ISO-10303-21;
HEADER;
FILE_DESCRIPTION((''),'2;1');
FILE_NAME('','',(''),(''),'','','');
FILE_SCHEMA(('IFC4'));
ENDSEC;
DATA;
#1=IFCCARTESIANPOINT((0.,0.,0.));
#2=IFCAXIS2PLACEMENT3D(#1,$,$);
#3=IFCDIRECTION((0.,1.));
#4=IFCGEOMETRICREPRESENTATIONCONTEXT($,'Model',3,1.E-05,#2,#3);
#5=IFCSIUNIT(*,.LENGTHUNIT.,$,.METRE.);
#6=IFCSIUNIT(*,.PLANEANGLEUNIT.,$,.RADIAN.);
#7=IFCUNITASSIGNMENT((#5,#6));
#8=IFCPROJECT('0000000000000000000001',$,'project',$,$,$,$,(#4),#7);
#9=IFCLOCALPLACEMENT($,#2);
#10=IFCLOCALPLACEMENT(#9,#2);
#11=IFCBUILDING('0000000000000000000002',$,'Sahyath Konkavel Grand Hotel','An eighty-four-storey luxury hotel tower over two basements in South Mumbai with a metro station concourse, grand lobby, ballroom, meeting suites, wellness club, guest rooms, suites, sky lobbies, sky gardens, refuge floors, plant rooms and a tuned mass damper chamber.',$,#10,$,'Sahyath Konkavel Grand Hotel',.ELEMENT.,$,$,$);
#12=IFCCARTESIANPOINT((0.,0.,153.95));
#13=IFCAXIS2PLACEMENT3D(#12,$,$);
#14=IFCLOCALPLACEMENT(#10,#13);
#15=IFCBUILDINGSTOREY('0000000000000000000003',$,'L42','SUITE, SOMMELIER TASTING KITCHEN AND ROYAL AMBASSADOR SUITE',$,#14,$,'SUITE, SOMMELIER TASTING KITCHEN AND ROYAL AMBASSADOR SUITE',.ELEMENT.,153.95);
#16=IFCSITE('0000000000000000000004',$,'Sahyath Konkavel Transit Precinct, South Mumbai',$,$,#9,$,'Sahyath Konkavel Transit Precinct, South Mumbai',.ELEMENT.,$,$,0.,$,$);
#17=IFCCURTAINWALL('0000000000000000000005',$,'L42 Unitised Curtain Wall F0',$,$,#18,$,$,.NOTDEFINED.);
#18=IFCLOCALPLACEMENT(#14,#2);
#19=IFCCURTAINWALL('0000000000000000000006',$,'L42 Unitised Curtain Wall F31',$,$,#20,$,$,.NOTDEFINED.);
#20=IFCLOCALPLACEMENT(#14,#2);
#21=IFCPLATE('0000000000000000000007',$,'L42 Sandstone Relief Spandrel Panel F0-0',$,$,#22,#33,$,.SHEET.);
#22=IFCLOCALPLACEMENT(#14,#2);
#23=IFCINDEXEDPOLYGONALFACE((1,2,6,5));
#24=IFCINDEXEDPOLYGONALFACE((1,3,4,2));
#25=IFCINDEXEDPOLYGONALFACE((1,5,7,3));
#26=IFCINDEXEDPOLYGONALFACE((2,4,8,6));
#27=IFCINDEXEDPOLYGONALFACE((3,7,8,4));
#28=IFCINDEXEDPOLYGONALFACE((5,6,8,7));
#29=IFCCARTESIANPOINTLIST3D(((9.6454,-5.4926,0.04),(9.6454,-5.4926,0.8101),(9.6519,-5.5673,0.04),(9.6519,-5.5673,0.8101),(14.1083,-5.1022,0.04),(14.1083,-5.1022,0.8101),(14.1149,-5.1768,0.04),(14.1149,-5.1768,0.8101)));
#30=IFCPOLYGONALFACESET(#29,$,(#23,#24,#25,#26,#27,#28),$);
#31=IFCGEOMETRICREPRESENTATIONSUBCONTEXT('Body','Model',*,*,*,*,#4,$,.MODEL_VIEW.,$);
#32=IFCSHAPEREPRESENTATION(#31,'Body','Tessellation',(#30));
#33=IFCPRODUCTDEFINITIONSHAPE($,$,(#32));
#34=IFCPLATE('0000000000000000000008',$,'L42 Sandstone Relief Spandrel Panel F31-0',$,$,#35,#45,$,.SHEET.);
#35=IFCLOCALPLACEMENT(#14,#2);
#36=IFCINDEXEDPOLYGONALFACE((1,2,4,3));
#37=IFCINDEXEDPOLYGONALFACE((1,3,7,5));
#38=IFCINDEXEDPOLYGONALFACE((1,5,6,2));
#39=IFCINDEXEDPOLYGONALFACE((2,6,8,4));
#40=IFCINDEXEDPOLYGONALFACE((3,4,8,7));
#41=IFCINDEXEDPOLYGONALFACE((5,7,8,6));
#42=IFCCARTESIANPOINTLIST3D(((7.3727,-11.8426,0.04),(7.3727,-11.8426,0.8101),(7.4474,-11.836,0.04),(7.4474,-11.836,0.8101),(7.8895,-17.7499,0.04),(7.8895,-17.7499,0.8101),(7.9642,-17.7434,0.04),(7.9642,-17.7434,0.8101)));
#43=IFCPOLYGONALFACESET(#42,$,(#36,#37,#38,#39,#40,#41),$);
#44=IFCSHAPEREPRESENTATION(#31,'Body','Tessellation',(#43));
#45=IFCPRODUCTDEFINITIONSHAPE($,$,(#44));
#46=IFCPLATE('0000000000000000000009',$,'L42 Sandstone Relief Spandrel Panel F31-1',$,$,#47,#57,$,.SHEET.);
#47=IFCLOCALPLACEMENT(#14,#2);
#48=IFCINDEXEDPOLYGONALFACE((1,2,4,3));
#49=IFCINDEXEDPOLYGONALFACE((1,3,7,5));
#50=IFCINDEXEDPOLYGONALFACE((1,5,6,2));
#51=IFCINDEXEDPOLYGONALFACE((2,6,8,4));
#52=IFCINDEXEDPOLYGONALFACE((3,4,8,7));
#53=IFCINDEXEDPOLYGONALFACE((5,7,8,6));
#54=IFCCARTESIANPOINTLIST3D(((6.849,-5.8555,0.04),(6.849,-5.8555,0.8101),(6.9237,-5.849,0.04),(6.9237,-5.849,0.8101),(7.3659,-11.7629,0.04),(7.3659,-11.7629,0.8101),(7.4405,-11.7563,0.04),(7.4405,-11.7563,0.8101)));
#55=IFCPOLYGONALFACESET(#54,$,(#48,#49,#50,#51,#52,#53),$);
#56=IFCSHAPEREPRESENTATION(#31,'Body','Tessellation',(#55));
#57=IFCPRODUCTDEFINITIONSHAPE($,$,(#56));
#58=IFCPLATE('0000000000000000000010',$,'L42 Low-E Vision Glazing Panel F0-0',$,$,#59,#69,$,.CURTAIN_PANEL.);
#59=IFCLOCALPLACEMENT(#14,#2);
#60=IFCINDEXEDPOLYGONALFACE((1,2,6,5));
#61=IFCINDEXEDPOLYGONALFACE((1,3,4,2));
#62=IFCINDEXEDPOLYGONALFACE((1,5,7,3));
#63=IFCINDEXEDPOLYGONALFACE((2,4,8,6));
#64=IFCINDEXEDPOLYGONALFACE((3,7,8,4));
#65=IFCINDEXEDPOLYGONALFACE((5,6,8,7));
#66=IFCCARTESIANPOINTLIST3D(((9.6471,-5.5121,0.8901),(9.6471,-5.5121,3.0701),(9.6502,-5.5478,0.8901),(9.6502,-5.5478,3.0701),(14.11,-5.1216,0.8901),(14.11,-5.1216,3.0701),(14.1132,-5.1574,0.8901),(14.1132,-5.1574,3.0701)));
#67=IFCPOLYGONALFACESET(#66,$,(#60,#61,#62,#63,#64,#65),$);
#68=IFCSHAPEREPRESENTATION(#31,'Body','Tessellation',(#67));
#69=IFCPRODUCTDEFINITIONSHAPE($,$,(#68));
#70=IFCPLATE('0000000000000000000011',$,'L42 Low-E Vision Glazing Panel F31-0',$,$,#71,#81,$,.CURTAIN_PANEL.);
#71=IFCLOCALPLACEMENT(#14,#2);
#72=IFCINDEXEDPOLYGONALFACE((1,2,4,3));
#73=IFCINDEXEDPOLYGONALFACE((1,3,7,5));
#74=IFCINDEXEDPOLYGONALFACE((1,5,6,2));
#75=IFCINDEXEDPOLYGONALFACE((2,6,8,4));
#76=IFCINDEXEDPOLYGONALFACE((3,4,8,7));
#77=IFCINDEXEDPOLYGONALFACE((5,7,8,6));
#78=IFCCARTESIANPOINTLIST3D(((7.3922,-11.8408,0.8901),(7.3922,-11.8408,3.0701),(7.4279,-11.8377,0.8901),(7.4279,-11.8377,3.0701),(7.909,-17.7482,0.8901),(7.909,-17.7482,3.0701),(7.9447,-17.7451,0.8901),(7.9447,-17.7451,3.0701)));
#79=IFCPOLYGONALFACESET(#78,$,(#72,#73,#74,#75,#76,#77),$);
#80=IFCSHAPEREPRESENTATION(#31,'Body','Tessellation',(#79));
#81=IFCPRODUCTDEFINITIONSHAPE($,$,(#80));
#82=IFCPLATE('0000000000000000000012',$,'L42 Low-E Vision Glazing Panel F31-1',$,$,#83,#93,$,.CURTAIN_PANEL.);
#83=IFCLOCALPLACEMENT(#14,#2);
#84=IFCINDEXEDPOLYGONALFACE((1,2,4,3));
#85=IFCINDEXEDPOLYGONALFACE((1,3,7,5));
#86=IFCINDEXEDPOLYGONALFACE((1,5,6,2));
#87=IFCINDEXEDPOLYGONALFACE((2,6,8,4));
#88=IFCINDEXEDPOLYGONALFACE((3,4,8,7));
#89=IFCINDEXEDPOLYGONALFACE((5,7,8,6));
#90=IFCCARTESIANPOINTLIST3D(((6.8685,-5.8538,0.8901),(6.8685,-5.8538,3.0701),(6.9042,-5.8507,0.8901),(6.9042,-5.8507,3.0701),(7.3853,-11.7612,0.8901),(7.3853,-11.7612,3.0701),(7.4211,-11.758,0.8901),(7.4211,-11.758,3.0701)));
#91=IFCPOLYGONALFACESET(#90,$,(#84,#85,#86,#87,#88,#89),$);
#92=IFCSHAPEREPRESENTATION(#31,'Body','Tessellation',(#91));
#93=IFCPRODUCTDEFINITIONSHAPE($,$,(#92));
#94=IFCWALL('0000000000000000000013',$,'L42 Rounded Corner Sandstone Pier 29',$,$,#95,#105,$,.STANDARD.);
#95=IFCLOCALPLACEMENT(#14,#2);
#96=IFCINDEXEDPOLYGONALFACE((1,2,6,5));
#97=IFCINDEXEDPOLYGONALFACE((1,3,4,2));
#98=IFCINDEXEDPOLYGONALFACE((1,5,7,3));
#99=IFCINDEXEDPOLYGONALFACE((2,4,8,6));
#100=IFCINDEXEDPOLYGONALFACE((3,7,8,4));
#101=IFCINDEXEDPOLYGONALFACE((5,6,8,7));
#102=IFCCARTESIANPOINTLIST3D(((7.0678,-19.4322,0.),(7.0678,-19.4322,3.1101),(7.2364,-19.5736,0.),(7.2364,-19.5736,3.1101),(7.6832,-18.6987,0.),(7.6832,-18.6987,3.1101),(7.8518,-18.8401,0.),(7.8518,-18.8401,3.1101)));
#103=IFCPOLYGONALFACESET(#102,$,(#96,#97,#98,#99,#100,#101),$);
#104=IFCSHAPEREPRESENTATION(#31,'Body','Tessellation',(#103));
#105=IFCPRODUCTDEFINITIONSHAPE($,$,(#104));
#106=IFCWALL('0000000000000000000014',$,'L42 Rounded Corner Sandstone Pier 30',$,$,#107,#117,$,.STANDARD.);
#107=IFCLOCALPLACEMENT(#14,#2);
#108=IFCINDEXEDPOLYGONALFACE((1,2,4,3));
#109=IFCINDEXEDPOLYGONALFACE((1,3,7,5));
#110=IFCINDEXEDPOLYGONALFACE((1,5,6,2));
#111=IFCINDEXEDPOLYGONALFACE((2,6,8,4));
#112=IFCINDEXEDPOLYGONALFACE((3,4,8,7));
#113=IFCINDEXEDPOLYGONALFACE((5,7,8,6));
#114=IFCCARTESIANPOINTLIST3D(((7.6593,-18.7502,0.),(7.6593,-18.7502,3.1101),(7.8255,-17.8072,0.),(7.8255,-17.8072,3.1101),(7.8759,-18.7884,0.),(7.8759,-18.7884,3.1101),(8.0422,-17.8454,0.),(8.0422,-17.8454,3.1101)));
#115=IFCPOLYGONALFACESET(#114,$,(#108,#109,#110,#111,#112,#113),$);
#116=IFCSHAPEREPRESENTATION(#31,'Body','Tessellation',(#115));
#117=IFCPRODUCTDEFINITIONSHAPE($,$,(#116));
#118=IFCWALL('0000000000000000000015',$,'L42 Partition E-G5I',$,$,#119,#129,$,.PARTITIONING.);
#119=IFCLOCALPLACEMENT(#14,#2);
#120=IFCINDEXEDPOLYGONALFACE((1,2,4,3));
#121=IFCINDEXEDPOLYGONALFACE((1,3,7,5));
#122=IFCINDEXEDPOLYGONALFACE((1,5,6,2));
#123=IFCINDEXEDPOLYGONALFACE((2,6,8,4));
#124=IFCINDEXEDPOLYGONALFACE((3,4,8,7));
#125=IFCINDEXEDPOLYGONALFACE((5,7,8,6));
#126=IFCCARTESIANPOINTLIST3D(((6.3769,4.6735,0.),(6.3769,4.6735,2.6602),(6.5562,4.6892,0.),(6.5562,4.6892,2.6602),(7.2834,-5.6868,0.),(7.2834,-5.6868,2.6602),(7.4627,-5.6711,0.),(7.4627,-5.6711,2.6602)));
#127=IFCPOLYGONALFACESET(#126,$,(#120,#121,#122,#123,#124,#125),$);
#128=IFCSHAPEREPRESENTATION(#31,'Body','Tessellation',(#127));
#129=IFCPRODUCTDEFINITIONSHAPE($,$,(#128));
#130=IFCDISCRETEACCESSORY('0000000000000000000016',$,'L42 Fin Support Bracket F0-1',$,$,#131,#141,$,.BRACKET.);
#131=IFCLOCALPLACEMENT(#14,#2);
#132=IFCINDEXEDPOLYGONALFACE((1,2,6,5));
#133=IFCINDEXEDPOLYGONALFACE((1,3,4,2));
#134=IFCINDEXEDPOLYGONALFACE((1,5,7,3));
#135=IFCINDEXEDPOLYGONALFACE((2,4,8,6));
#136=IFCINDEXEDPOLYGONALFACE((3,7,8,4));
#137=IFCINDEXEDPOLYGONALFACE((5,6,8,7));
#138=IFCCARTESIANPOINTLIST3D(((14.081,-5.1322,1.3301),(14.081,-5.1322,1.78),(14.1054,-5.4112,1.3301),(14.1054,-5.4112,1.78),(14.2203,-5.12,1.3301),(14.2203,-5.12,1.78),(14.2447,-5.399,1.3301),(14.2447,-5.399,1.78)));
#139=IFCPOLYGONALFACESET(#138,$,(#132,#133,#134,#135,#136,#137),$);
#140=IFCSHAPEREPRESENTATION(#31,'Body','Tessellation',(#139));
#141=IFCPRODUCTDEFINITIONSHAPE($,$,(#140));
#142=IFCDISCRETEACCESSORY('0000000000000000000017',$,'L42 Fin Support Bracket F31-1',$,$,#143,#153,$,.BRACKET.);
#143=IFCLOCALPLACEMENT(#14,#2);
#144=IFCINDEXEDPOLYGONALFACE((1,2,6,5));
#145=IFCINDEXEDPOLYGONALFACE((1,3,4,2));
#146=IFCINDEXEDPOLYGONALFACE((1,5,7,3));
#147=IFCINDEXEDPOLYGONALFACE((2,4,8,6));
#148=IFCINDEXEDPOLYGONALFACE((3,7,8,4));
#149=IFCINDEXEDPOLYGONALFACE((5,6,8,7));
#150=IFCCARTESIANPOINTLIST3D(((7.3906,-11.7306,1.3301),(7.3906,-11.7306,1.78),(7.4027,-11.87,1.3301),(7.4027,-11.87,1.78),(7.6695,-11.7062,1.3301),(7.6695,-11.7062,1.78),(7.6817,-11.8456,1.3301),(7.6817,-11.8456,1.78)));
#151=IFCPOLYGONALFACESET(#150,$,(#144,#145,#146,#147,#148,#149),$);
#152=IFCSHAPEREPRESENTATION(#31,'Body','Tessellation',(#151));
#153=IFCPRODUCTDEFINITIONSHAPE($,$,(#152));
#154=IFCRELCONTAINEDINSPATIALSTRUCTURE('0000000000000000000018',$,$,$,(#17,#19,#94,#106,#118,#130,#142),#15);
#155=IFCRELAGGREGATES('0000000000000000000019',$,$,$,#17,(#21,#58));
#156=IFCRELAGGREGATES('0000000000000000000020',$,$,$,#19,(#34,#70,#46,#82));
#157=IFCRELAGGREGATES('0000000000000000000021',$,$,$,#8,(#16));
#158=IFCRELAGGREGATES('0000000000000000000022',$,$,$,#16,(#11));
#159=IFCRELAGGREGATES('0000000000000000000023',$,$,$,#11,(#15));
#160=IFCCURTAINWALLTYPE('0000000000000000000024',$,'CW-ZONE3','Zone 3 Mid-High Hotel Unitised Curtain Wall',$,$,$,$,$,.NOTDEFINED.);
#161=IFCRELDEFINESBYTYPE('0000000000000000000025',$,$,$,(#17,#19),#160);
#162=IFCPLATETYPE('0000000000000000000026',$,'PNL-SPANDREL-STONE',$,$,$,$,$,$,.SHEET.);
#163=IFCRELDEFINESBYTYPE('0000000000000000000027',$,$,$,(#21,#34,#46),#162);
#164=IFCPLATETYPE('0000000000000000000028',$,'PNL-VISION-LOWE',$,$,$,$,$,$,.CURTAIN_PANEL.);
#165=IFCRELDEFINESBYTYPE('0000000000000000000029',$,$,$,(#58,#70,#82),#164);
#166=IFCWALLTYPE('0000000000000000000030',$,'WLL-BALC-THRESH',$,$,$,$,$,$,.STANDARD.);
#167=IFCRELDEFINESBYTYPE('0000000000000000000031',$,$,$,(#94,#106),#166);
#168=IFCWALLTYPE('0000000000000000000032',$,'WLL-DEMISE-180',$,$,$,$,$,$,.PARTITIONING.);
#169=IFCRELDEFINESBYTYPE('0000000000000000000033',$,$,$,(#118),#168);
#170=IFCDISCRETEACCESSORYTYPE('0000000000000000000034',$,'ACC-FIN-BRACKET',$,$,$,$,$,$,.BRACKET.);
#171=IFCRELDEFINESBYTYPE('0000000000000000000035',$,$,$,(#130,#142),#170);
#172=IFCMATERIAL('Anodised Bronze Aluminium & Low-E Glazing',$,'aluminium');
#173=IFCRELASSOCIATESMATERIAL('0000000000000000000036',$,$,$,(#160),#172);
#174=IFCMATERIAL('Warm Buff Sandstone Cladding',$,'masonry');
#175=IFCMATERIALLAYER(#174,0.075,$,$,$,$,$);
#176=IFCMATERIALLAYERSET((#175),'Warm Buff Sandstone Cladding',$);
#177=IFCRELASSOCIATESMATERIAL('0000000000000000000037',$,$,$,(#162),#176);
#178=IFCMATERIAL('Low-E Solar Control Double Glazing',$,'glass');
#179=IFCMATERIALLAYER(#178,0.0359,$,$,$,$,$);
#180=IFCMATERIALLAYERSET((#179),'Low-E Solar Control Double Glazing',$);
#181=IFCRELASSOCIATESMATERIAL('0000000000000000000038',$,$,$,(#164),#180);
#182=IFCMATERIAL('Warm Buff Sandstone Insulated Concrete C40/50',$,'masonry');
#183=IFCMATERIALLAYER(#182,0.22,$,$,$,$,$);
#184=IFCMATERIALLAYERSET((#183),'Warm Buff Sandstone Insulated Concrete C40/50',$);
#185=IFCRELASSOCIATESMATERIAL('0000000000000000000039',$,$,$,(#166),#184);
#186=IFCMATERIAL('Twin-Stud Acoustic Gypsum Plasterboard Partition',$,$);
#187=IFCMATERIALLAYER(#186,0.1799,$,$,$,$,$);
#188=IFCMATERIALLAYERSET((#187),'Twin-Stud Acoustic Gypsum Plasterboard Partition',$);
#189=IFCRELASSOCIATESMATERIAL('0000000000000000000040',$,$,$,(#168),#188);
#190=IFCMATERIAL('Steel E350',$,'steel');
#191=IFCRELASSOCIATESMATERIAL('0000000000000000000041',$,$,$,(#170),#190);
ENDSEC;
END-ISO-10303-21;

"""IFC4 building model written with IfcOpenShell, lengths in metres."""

from ifc_helpers import new_model, si_unit, direction, frame, frame_2d, origin, origin_2d, place, context, subcontext, project, spatial, rectangle, extrude, source, transform, mapped, material, layer, layer_set, type_object, element, aggregate, save


model = new_model("IFC4")

# Units and contexts
model_context = context("Model", 3, precision=1e-05, world=origin(), true_north=direction((0.0, 1.0)))
body_context = subcontext(model_context, "Body", "Model", "MODEL_VIEW")
ifc_project = project(units=[si_unit("LENGTHUNIT", "METRE"), si_unit("PLANEANGLEUNIT", "RADIAN")], contexts=[model_context])

# Site, building, storey
site_placement = place(None, origin())
site = spatial("IfcSite", under=ifc_project, at=site_placement, Name="Sahyath Konkavel Transit Precinct, South Mumbai", LongName="Sahyath Konkavel Transit Precinct, South Mumbai", CompositionType="ELEMENT", RefElevation=0.0)
building_placement = place(site_placement, origin())
building = spatial("IfcBuilding", under=site, at=building_placement, Name="Sahyath Konkavel Grand Hotel", Description="An eighty-four-storey luxury hotel tower over two basements in South Mumbai with a metro station concourse, grand lobby, ballroom, meeting suites, wellness club, guest rooms, suites, sky lobbies, sky gardens, refuge floors, plant rooms and a tuned mass damper chamber.", LongName="Sahyath Konkavel Grand Hotel", CompositionType="ELEMENT")
storey_placement = place(building_placement, frame((0.0, 0.0, 153.95)))
storey = spatial("IfcBuildingStorey", under=building, at=storey_placement, Name="L42", Description="SUITE, SOMMELIER TASTING KITCHEN AND ROYAL AMBASSADOR SUITE", LongName="SUITE, SOMMELIER TASTING KITCHEN AND ROYAL AMBASSADOR SUITE", CompositionType="ELEMENT", Elevation=153.95)

# Curtain walls
ifc_material_1 = material(Name="Anodised Bronze Aluminium & Low-E Glazing", Category="aluminium")
curtain_wall_type = type_object("IfcCurtainWallType", Name="CW-ZONE3", Description="Zone 3 Mid-High Hotel Unitised Curtain Wall", PredefinedType="NOTDEFINED", material=ifc_material_1)
curtain_wall_1_placement = place(storey_placement, origin())
curtain_wall_1 = element("IfcCurtainWall", 1, at=curtain_wall_1_placement, inside=storey, type_object=curtain_wall_type, Name="L42 Unitised Curtain Wall F0", PredefinedType="NOTDEFINED")
curtain_wall_2_placement = place(storey_placement, origin())
curtain_wall_2 = element("IfcCurtainWall", 2, at=curtain_wall_2_placement, inside=storey, type_object=curtain_wall_type, Name="L42 Unitised Curtain Wall F31", PredefinedType="NOTDEFINED")

# Plates
ifc_material_2 = material(Name="Warm Buff Sandstone Cladding", Category="masonry")
ifc_layer_1 = layer(ifc_material_2, 0.075)
ifc_layer_set_1 = layer_set([ifc_layer_1], Name="Warm Buff Sandstone Cladding")
plate_type_1 = type_object("IfcPlateType", Name="PNL-SPANDREL-STONE", PredefinedType="SHEET", material=ifc_layer_set_1)
shared_shape_1 = source(origin(), body_context, "Body", "SweptSolid", [
    extrude(rectangle(XDim=4.48, YDim=0.075, at=origin_2d()), origin(), (0.0, 0.0, 1.0), 0.77),
])
plate_1_placement = place(storey_placement, frame((11.8801, -5.3347, 0.04), z_axis=(0.0, 0.0, 1.0), x_axis=(0.996195, 0.087156, 0.0)))
plate_1 = element("IfcPlate", 3, at=plate_1_placement, type_object=plate_type_1, Name="L42 Sandstone Relief Spandrel Panel F0-0", PredefinedType="SHEET", context=body_context, shape_type="MappedRepresentation", body=[
    mapped(shared_shape_1, transform((0.0, 0.0, 0.0), scale=1.0)),
])
shared_shape_2 = source(origin(), body_context, "Body", "SweptSolid", [
    extrude(rectangle(XDim=5.9299, YDim=0.075, at=origin_2d()), origin(), (0.0, 0.0, 1.0), 0.77),
])
plate_2_placement = place(storey_placement, frame((7.6685, -14.793, 0.04), z_axis=(0.0, 0.0, 1.0), x_axis=(-0.087156, 0.996195, 0.0)))
plate_2 = element("IfcPlate", 4, at=plate_2_placement, type_object=plate_type_1, Name="L42 Sandstone Relief Spandrel Panel F31-0", PredefinedType="SHEET", context=body_context, shape_type="MappedRepresentation", body=[
    mapped(shared_shape_2, transform((0.0, 0.0, 0.0), scale=1.0)),
])
plate_3_placement = place(storey_placement, frame((7.1448, -8.8059, 0.04), z_axis=(0.0, 0.0, 1.0), x_axis=(-0.087156, 0.996195, 0.0)))
plate_3 = element("IfcPlate", 5, at=plate_3_placement, type_object=plate_type_1, Name="L42 Sandstone Relief Spandrel Panel F31-1", PredefinedType="SHEET", context=body_context, shape_type="MappedRepresentation", body=[
    mapped(shared_shape_2, transform((0.0, 0.0, 0.0), scale=1.0)),
])
ifc_material_3 = material(Name="Low-E Solar Control Double Glazing", Category="glass")
ifc_layer_2 = layer(ifc_material_3, 0.0359)
ifc_layer_set_2 = layer_set([ifc_layer_2], Name="Low-E Solar Control Double Glazing")
plate_type_2 = type_object("IfcPlateType", Name="PNL-VISION-LOWE", PredefinedType="CURTAIN_PANEL", material=ifc_layer_set_2)
shared_shape_3 = source(origin(), body_context, "Body", "SweptSolid", [
    extrude(rectangle(XDim=4.48, YDim=0.0359, at=origin_2d()), origin(), (0.0, 0.0, 1.0), 2.1799),
])
plate_4_placement = place(storey_placement, frame((11.8801, -5.3347, 0.8901), z_axis=(0.0, 0.0, 1.0), x_axis=(0.996195, 0.087156, 0.0)))
plate_4 = element("IfcPlate", 6, at=plate_4_placement, type_object=plate_type_2, Name="L42 Low-E Vision Glazing Panel F0-0", PredefinedType="CURTAIN_PANEL", context=body_context, shape_type="MappedRepresentation", body=[
    mapped(shared_shape_3, transform((0.0, 0.0, 0.0), scale=1.0)),
])
aggregate(curtain_wall_1, [plate_1, plate_4])
shared_shape_4 = source(origin(), body_context, "Body", "SweptSolid", [
    extrude(rectangle(XDim=5.9299, YDim=0.0359, at=origin_2d()), origin(), (0.0, 0.0, 1.0), 2.1799),
])
plate_5_placement = place(storey_placement, frame((7.6685, -14.793, 0.8901), z_axis=(0.0, 0.0, 1.0), x_axis=(-0.087156, 0.996195, 0.0)))
plate_5 = element("IfcPlate", 7, at=plate_5_placement, type_object=plate_type_2, Name="L42 Low-E Vision Glazing Panel F31-0", PredefinedType="CURTAIN_PANEL", context=body_context, shape_type="MappedRepresentation", body=[
    mapped(shared_shape_4, transform((0.0, 0.0, 0.0), scale=1.0)),
])
plate_6_placement = place(storey_placement, frame((7.1448, -8.8059, 0.8901), z_axis=(0.0, 0.0, 1.0), x_axis=(-0.087156, 0.996195, 0.0)))
plate_6 = element("IfcPlate", 8, at=plate_6_placement, type_object=plate_type_2, Name="L42 Low-E Vision Glazing Panel F31-1", PredefinedType="CURTAIN_PANEL", context=body_context, shape_type="MappedRepresentation", body=[
    mapped(shared_shape_4, transform((0.0, 0.0, 0.0), scale=1.0)),
])
aggregate(curtain_wall_2, [plate_2, plate_5, plate_3, plate_6])

# Walls
ifc_material_4 = material(Name="Warm Buff Sandstone Insulated Concrete C40/50", Category="masonry")
ifc_layer_3 = layer(ifc_material_4, 0.22)
ifc_layer_set_3 = layer_set([ifc_layer_3], Name="Warm Buff Sandstone Insulated Concrete C40/50")
wall_type_1 = type_object("IfcWallType", Name="WLL-BALC-THRESH", PredefinedType="STANDARD", material=ifc_layer_set_3)
for number, where, z_axis, x_axis, name in (
    (9, (7.1521, -19.5029, 0.0), (0.0, 0.0, 1.0), (0.642714, 0.766107, 0.0), "L42 Rounded Corner Sandstone Pier 29"),
    (10, (7.7676, -18.7693, 0.0), (0.0, 0.0, 1.0), (0.173654, 0.984807, 0.0), "L42 Rounded Corner Sandstone Pier 30"),
):
    element("IfcWall", number, at=place(storey_placement, frame(where, z_axis=z_axis, x_axis=x_axis)), inside=storey, type_object=wall_type_1, Name=name, PredefinedType="STANDARD", context=body_context, shape_type="SweptSolid", body=[
        extrude(rectangle(XDim=0.9575, YDim=0.22, at=frame_2d((0.4788, 0.0))), origin(), (0.0, 0.0, 1.0), 3.1101),
    ])
ifc_material_5 = material(Name="Twin-Stud Acoustic Gypsum Plasterboard Partition")
ifc_layer_4 = layer(ifc_material_5, 0.1799)
ifc_layer_set_4 = layer_set([ifc_layer_4], Name="Twin-Stud Acoustic Gypsum Plasterboard Partition")
wall_type_2 = type_object("IfcWallType", Name="WLL-DEMISE-180", PredefinedType="PARTITIONING", material=ifc_layer_set_4)
wall_placement = place(storey_placement, frame((7.373, -5.679, 0.0), z_axis=(0.0, 0.0, 1.0), x_axis=(-0.087163, 0.996194, 0.0)))
element("IfcWall", 11, at=wall_placement, inside=storey, type_object=wall_type_2, Name="L42 Partition E-G5I", PredefinedType="PARTITIONING", context=body_context, shape_type="SweptSolid", body=[
    extrude(rectangle(XDim=10.3999, YDim=0.1799, at=frame_2d((5.2, 0.0))), origin(), (0.0, 0.0, 1.0), 2.6602),
])

# Discrete accessories
ifc_material_6 = material(Name="Steel E350", Category="steel")
discrete_accessory_type = type_object("IfcDiscreteAccessoryType", Name="ACC-FIN-BRACKET", PredefinedType="BRACKET", material=ifc_material_6)
shared_shape_5 = source(origin(), body_context, "Body", "SweptSolid", [
    extrude(rectangle(XDim=0.28, YDim=0.1399, at=origin_2d()), origin(), (0.0, 0.0, 1.0), 0.45),
])
for number, where, z_axis, x_axis, name in (
    (12, (14.1628, -5.2656, 1.3301), (0.0, 0.0, 1.0), (0.087156, -0.996195, 0.0), "L42 Fin Support Bracket F0-1"),
    (13, (7.5361, -11.7881, 1.3301), (0.0, 0.0, 1.0), (0.996195, 0.087156, 0.0), "L42 Fin Support Bracket F31-1"),
):
    element("IfcDiscreteAccessory", number, at=place(storey_placement, frame(where, z_axis=z_axis, x_axis=x_axis)), inside=storey, type_object=discrete_accessory_type, Name=name, PredefinedType="BRACKET", context=body_context, shape_type="MappedRepresentation", body=[
        mapped(shared_shape_5, transform((0.0, 0.0, 0.0), scale=1.0)),
    ])

save(model, "model.ifc")
